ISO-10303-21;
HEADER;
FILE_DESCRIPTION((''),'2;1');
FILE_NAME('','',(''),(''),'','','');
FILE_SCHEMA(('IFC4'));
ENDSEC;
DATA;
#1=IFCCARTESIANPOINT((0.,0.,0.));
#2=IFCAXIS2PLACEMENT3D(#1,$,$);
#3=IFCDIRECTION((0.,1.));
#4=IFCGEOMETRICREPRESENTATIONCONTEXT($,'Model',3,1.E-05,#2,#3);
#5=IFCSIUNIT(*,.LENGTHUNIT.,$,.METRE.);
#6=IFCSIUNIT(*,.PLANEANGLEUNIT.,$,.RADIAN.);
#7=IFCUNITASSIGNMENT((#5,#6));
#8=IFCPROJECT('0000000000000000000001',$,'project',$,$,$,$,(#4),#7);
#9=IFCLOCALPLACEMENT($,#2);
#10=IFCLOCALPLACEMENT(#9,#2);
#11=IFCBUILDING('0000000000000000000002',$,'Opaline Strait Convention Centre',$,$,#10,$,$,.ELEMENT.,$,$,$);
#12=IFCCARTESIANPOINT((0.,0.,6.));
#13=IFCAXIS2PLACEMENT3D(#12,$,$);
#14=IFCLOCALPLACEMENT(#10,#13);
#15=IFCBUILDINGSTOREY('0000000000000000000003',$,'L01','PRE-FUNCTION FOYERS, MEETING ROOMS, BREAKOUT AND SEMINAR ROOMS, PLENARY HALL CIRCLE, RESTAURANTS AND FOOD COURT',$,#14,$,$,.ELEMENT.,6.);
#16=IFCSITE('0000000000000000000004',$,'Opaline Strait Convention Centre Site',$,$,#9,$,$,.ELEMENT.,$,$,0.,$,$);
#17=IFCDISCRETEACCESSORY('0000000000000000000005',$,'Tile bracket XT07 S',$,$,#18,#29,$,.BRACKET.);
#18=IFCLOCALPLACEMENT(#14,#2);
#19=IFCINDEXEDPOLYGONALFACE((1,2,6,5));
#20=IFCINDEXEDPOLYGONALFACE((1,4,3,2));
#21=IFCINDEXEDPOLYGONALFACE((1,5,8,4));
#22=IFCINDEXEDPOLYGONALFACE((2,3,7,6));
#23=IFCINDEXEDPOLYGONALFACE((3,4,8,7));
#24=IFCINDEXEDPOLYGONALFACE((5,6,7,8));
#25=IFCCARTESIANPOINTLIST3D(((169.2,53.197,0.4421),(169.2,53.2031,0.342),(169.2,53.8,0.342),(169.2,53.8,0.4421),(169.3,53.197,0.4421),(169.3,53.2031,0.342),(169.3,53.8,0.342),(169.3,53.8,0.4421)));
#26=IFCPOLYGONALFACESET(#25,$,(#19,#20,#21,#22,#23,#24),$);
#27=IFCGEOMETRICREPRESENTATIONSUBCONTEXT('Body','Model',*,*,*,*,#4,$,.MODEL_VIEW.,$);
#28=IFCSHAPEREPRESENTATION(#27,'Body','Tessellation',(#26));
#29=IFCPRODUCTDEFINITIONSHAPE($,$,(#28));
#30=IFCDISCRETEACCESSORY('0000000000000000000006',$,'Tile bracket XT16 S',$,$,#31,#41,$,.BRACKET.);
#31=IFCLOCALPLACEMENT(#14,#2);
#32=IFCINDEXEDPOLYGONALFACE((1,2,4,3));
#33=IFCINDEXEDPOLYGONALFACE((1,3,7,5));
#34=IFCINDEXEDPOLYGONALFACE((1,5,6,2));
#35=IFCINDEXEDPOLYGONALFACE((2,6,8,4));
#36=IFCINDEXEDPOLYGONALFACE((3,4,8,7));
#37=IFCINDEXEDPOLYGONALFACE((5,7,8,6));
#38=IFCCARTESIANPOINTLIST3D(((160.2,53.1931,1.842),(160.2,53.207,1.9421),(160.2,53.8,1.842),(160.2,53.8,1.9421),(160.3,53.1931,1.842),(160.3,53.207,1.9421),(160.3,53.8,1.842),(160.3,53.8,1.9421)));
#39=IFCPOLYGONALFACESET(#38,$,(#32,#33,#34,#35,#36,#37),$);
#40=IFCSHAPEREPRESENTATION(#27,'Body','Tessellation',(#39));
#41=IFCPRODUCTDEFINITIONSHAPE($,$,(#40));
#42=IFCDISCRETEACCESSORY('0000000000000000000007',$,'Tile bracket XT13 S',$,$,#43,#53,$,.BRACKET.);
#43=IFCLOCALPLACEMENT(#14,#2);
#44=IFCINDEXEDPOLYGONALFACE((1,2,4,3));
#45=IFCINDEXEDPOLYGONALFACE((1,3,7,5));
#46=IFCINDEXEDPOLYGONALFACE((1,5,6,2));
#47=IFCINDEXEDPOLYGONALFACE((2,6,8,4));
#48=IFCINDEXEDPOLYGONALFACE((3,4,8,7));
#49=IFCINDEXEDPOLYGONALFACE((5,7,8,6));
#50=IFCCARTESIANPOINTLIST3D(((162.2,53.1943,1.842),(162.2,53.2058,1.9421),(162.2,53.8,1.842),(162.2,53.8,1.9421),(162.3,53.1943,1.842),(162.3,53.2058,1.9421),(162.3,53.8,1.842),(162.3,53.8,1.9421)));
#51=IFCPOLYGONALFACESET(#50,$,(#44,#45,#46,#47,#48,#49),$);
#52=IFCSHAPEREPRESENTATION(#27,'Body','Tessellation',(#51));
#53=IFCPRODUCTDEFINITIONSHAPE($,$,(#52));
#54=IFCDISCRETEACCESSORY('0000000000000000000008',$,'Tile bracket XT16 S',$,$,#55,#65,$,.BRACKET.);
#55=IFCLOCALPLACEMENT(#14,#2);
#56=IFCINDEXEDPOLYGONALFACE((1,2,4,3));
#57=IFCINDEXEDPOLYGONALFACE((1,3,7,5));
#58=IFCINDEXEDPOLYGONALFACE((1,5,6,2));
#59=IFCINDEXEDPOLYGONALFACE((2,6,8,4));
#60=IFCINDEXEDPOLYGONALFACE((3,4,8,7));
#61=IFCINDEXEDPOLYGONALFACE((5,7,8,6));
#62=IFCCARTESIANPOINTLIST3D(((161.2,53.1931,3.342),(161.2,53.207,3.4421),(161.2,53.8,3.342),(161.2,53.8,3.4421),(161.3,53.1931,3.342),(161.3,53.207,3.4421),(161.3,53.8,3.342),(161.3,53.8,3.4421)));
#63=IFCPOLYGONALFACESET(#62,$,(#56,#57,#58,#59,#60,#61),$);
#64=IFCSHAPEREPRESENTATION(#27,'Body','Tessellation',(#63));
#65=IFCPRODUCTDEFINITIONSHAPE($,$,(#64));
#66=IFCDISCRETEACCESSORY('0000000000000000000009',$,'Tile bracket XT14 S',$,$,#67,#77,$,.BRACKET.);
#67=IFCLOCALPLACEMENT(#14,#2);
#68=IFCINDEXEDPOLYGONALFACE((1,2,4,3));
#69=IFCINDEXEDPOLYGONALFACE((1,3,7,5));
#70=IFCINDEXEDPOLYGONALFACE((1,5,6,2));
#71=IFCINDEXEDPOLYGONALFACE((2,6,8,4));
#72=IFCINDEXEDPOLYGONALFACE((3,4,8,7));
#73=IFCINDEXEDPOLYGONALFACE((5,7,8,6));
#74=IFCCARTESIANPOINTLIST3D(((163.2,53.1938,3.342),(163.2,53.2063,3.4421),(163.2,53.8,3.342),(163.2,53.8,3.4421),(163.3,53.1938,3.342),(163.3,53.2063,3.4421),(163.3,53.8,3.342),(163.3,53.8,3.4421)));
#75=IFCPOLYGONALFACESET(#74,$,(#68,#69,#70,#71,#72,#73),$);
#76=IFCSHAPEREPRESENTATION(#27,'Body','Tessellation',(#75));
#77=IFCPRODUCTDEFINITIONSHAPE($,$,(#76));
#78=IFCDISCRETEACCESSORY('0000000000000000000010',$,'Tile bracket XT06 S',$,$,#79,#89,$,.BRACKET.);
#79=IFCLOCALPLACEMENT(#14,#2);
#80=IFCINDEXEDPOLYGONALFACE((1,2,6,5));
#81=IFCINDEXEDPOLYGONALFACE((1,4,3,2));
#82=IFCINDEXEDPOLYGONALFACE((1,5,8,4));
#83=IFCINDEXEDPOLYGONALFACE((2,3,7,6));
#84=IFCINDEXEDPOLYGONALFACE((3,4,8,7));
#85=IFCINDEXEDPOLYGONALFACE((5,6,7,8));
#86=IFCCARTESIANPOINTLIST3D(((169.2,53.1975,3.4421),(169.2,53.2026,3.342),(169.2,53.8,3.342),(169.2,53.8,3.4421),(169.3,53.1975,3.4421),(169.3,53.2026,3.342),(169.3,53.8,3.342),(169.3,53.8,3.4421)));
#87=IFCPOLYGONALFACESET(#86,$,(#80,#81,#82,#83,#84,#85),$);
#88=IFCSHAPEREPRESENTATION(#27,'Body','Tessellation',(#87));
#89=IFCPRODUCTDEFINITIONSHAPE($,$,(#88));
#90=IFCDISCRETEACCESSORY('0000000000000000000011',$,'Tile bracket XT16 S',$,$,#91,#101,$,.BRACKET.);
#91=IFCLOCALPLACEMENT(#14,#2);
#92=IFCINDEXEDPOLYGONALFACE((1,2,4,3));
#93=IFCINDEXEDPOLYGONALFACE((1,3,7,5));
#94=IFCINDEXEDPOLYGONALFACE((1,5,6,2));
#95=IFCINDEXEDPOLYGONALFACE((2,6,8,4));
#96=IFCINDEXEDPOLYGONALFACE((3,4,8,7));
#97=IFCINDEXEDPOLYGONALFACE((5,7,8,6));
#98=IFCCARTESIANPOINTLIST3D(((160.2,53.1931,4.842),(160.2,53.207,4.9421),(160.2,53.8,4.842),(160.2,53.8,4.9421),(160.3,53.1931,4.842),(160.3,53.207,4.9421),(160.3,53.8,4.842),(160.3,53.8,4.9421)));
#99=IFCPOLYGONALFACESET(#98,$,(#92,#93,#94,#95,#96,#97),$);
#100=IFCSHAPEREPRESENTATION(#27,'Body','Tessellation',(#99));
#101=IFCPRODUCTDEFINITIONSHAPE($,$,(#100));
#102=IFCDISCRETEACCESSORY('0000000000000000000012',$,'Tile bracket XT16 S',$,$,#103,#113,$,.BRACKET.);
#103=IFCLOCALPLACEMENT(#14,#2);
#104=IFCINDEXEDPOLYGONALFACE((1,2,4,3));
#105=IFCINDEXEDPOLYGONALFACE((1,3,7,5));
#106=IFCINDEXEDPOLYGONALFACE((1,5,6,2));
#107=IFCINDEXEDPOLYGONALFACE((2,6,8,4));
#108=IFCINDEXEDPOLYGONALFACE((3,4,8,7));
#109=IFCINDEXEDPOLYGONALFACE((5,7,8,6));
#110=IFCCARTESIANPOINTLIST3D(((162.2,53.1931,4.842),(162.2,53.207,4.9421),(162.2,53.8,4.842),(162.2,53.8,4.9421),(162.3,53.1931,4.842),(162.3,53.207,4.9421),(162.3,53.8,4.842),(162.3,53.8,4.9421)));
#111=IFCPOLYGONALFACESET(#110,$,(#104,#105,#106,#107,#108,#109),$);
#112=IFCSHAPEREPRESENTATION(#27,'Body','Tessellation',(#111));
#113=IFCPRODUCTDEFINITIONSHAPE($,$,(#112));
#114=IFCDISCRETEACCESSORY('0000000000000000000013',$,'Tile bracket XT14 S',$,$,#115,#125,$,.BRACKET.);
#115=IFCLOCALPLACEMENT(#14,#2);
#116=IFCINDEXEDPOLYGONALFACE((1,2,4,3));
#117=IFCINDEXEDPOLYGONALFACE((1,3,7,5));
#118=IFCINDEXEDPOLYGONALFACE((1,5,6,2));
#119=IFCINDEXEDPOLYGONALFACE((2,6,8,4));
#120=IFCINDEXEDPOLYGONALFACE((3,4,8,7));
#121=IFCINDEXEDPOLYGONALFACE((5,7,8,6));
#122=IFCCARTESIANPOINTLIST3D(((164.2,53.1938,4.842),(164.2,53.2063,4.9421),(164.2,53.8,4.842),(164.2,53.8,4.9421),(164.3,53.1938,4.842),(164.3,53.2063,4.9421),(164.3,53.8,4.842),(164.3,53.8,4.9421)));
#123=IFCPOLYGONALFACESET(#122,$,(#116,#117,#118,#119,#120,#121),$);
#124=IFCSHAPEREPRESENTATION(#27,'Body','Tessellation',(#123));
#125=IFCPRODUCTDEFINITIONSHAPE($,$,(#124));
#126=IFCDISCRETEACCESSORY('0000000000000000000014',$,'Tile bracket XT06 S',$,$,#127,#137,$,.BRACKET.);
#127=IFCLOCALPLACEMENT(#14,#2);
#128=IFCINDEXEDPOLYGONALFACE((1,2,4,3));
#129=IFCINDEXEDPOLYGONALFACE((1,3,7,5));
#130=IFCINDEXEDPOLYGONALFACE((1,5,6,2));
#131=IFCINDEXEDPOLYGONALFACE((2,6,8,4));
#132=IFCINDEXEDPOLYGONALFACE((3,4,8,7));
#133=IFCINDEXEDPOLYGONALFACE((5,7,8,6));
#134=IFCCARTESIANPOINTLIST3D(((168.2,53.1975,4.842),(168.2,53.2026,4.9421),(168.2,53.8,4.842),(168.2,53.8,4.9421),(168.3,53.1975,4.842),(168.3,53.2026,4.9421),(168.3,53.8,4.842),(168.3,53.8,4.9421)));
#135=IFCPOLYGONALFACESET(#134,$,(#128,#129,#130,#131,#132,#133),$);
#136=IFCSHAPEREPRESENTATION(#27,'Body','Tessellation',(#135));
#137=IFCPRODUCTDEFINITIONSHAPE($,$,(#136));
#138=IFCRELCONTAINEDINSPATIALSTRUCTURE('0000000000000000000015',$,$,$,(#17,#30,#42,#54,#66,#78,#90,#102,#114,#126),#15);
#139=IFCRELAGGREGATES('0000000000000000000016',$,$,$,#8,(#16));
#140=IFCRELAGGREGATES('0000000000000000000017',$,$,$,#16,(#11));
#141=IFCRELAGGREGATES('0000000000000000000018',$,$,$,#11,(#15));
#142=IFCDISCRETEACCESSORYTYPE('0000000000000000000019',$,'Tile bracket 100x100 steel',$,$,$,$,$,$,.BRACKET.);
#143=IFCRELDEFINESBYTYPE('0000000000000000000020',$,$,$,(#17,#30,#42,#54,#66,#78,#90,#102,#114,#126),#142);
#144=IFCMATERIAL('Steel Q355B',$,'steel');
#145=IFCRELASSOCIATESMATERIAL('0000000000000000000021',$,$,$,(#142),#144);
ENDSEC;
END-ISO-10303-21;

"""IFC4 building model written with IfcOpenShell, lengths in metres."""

from ifc_helpers import new_model, si_unit, direction, frame, origin, place, context, subcontext, project, spatial, polyline, outline, extrude, material, type_object, element, save


model = new_model("IFC4")

# Units and contexts
model_context = context("Model", 3, precision=1e-05, world=origin(), true_north=direction((0.0, 1.0)))
body_context = subcontext(model_context, "Body", "Model", "MODEL_VIEW")
ifc_project = project(units=[si_unit("LENGTHUNIT", "METRE"), si_unit("PLANEANGLEUNIT", "RADIAN")], contexts=[model_context])

# Site, building, storey
site_placement = place(None, origin())
site = spatial("IfcSite", under=ifc_project, at=site_placement, Name="Opaline Strait Convention Centre Site", CompositionType="ELEMENT", RefElevation=0.0)
building_placement = place(site_placement, origin())
building = spatial("IfcBuilding", under=site, at=building_placement, Name="Opaline Strait Convention Centre", CompositionType="ELEMENT")
storey_placement = place(building_placement, frame((0.0, 0.0, 6.0)))
storey = spatial("IfcBuildingStorey", under=building, at=storey_placement, Name="L01", Description="PRE-FUNCTION FOYERS, MEETING ROOMS, BREAKOUT AND SEMINAR ROOMS, PLENARY HALL CIRCLE, RESTAURANTS AND FOOD COURT", CompositionType="ELEMENT", Elevation=6.0)

# Discrete accessories
ifc_material_1 = material(Name="Steel Q355B", Category="steel")
discrete_accessory_type = type_object("IfcDiscreteAccessoryType", Name="Tile bracket 100x100 steel", PredefinedType="BRACKET", material=ifc_material_1)
discrete_accessory_1_placement = place(storey_placement, frame((169.2, 53.8, 0.3921), z_axis=(1.0, 0.0, 0.0), x_axis=(0.0, 1.0, 0.0)))
element("IfcDiscreteAccessory", 1, at=discrete_accessory_1_placement, inside=storey, type_object=discrete_accessory_type, Name="Tile bracket XT07 S", PredefinedType="BRACKET", context=body_context, shape_type="SweptSolid", body=[
    extrude(outline(polyline([(0.0, -0.05), (0.0, 0.05), (-0.603, 0.05), (-0.5969, -0.05), (0.0, -0.05)])), origin(), (0.0, 0.0, 1.0), 0.1001),
])
discrete_accessory_2_placement = place(storey_placement, frame((160.2, 53.8, 1.8921), z_axis=(1.0, 0.0, 0.0), x_axis=(0.0, 1.0, 0.0)))
element("IfcDiscreteAccessory", 2, at=discrete_accessory_2_placement, inside=storey, type_object=discrete_accessory_type, Name="Tile bracket XT16 S", PredefinedType="BRACKET", context=body_context, shape_type="SweptSolid", body=[
    extrude(outline(polyline([(0.0, -0.05), (0.0, 0.05), (-0.593, 0.05), (-0.6069, -0.05), (0.0, -0.05)])), origin(), (0.0, 0.0, 1.0), 0.1001),
])
discrete_accessory_3_placement = place(storey_placement, frame((162.2, 53.8, 1.8921), z_axis=(1.0, 0.0, 0.0), x_axis=(0.0, 1.0, 0.0)))
element("IfcDiscreteAccessory", 3, at=discrete_accessory_3_placement, inside=storey, type_object=discrete_accessory_type, Name="Tile bracket XT13 S", PredefinedType="BRACKET", context=body_context, shape_type="SweptSolid", body=[
    extrude(outline(polyline([(0.0, -0.05), (0.0, 0.05), (-0.5942, 0.05), (-0.6057, -0.05), (0.0, -0.05)])), origin(), (0.0, 0.0, 1.0), 0.1001),
])
discrete_accessory_4_placement = place(storey_placement, frame((161.2, 53.8, 3.3921), z_axis=(1.0, 0.0, 0.0), x_axis=(0.0, 1.0, 0.0)))
element("IfcDiscreteAccessory", 4, at=discrete_accessory_4_placement, inside=storey, type_object=discrete_accessory_type, Name="Tile bracket XT16 S", PredefinedType="BRACKET", context=body_context, shape_type="SweptSolid", body=[
    extrude(outline(polyline([(0.0, -0.05), (0.0, 0.05), (-0.593, 0.05), (-0.6069, -0.05), (0.0, -0.05)])), origin(), (0.0, 0.0, 1.0), 0.1001),
])
discrete_accessory_5_placement = place(storey_placement, frame((163.2, 53.8, 3.3921), z_axis=(1.0, 0.0, 0.0), x_axis=(0.0, 1.0, 0.0)))
element("IfcDiscreteAccessory", 5, at=discrete_accessory_5_placement, inside=storey, type_object=discrete_accessory_type, Name="Tile bracket XT14 S", PredefinedType="BRACKET", context=body_context, shape_type="SweptSolid", body=[
    extrude(outline(polyline([(0.0, -0.05), (0.0, 0.05), (-0.5938, 0.05), (-0.6062, -0.05), (0.0, -0.05)])), origin(), (0.0, 0.0, 1.0), 0.1001),
])
discrete_accessory_6_placement = place(storey_placement, frame((169.2, 53.8, 3.3921), z_axis=(1.0, 0.0, 0.0), x_axis=(0.0, 1.0, 0.0)))
element("IfcDiscreteAccessory", 6, at=discrete_accessory_6_placement, inside=storey, type_object=discrete_accessory_type, Name="Tile bracket XT06 S", PredefinedType="BRACKET", context=body_context, shape_type="SweptSolid", body=[
    extrude(outline(polyline([(0.0, -0.05), (0.0, 0.05), (-0.6025, 0.05), (-0.5974, -0.05), (0.0, -0.05)])), origin(), (0.0, 0.0, 1.0), 0.1001),
])
for number, where, z_axis, x_axis, name in (
    (7, (160.2, 53.8, 4.8921), (1.0, 0.0, 0.0), (0.0, 1.0, 0.0), "Tile bracket XT16 S"),
    (8, (162.2, 53.8, 4.8921), (1.0, 0.0, 0.0), (0.0, 1.0, 0.0), "Tile bracket XT16 S"),
):
    element("IfcDiscreteAccessory", number, at=place(storey_placement, frame(where, z_axis=z_axis, x_axis=x_axis)), inside=storey, type_object=discrete_accessory_type, Name=name, PredefinedType="BRACKET", context=body_context, shape_type="SweptSolid", body=[
        extrude(outline(polyline([(0.0, -0.05), (0.0, 0.05), (-0.593, 0.05), (-0.6069, -0.05), (0.0, -0.05)])), origin(), (0.0, 0.0, 1.0), 0.1001),
    ])
discrete_accessory_7_placement = place(storey_placement, frame((164.2, 53.8, 4.8921), z_axis=(1.0, 0.0, 0.0), x_axis=(0.0, 1.0, 0.0)))
element("IfcDiscreteAccessory", 9, at=discrete_accessory_7_placement, inside=storey, type_object=discrete_accessory_type, Name="Tile bracket XT14 S", PredefinedType="BRACKET", context=body_context, shape_type="SweptSolid", body=[
    extrude(outline(polyline([(0.0, -0.05), (0.0, 0.05), (-0.5938, 0.05), (-0.6062, -0.05), (0.0, -0.05)])), origin(), (0.0, 0.0, 1.0), 0.1001),
])
discrete_accessory_8_placement = place(storey_placement, frame((168.2, 53.8, 4.8921), z_axis=(1.0, 0.0, 0.0), x_axis=(0.0, 1.0, 0.0)))
element("IfcDiscreteAccessory", 10, at=discrete_accessory_8_placement, inside=storey, type_object=discrete_accessory_type, Name="Tile bracket XT06 S", PredefinedType="BRACKET", context=body_context, shape_type="SweptSolid", body=[
    extrude(outline(polyline([(0.0, -0.05), (0.0, 0.05), (-0.5974, 0.05), (-0.6025, -0.05), (0.0, -0.05)])), origin(), (0.0, 0.0, 1.0), 0.1001),
])

save(model, "model.ifc")
